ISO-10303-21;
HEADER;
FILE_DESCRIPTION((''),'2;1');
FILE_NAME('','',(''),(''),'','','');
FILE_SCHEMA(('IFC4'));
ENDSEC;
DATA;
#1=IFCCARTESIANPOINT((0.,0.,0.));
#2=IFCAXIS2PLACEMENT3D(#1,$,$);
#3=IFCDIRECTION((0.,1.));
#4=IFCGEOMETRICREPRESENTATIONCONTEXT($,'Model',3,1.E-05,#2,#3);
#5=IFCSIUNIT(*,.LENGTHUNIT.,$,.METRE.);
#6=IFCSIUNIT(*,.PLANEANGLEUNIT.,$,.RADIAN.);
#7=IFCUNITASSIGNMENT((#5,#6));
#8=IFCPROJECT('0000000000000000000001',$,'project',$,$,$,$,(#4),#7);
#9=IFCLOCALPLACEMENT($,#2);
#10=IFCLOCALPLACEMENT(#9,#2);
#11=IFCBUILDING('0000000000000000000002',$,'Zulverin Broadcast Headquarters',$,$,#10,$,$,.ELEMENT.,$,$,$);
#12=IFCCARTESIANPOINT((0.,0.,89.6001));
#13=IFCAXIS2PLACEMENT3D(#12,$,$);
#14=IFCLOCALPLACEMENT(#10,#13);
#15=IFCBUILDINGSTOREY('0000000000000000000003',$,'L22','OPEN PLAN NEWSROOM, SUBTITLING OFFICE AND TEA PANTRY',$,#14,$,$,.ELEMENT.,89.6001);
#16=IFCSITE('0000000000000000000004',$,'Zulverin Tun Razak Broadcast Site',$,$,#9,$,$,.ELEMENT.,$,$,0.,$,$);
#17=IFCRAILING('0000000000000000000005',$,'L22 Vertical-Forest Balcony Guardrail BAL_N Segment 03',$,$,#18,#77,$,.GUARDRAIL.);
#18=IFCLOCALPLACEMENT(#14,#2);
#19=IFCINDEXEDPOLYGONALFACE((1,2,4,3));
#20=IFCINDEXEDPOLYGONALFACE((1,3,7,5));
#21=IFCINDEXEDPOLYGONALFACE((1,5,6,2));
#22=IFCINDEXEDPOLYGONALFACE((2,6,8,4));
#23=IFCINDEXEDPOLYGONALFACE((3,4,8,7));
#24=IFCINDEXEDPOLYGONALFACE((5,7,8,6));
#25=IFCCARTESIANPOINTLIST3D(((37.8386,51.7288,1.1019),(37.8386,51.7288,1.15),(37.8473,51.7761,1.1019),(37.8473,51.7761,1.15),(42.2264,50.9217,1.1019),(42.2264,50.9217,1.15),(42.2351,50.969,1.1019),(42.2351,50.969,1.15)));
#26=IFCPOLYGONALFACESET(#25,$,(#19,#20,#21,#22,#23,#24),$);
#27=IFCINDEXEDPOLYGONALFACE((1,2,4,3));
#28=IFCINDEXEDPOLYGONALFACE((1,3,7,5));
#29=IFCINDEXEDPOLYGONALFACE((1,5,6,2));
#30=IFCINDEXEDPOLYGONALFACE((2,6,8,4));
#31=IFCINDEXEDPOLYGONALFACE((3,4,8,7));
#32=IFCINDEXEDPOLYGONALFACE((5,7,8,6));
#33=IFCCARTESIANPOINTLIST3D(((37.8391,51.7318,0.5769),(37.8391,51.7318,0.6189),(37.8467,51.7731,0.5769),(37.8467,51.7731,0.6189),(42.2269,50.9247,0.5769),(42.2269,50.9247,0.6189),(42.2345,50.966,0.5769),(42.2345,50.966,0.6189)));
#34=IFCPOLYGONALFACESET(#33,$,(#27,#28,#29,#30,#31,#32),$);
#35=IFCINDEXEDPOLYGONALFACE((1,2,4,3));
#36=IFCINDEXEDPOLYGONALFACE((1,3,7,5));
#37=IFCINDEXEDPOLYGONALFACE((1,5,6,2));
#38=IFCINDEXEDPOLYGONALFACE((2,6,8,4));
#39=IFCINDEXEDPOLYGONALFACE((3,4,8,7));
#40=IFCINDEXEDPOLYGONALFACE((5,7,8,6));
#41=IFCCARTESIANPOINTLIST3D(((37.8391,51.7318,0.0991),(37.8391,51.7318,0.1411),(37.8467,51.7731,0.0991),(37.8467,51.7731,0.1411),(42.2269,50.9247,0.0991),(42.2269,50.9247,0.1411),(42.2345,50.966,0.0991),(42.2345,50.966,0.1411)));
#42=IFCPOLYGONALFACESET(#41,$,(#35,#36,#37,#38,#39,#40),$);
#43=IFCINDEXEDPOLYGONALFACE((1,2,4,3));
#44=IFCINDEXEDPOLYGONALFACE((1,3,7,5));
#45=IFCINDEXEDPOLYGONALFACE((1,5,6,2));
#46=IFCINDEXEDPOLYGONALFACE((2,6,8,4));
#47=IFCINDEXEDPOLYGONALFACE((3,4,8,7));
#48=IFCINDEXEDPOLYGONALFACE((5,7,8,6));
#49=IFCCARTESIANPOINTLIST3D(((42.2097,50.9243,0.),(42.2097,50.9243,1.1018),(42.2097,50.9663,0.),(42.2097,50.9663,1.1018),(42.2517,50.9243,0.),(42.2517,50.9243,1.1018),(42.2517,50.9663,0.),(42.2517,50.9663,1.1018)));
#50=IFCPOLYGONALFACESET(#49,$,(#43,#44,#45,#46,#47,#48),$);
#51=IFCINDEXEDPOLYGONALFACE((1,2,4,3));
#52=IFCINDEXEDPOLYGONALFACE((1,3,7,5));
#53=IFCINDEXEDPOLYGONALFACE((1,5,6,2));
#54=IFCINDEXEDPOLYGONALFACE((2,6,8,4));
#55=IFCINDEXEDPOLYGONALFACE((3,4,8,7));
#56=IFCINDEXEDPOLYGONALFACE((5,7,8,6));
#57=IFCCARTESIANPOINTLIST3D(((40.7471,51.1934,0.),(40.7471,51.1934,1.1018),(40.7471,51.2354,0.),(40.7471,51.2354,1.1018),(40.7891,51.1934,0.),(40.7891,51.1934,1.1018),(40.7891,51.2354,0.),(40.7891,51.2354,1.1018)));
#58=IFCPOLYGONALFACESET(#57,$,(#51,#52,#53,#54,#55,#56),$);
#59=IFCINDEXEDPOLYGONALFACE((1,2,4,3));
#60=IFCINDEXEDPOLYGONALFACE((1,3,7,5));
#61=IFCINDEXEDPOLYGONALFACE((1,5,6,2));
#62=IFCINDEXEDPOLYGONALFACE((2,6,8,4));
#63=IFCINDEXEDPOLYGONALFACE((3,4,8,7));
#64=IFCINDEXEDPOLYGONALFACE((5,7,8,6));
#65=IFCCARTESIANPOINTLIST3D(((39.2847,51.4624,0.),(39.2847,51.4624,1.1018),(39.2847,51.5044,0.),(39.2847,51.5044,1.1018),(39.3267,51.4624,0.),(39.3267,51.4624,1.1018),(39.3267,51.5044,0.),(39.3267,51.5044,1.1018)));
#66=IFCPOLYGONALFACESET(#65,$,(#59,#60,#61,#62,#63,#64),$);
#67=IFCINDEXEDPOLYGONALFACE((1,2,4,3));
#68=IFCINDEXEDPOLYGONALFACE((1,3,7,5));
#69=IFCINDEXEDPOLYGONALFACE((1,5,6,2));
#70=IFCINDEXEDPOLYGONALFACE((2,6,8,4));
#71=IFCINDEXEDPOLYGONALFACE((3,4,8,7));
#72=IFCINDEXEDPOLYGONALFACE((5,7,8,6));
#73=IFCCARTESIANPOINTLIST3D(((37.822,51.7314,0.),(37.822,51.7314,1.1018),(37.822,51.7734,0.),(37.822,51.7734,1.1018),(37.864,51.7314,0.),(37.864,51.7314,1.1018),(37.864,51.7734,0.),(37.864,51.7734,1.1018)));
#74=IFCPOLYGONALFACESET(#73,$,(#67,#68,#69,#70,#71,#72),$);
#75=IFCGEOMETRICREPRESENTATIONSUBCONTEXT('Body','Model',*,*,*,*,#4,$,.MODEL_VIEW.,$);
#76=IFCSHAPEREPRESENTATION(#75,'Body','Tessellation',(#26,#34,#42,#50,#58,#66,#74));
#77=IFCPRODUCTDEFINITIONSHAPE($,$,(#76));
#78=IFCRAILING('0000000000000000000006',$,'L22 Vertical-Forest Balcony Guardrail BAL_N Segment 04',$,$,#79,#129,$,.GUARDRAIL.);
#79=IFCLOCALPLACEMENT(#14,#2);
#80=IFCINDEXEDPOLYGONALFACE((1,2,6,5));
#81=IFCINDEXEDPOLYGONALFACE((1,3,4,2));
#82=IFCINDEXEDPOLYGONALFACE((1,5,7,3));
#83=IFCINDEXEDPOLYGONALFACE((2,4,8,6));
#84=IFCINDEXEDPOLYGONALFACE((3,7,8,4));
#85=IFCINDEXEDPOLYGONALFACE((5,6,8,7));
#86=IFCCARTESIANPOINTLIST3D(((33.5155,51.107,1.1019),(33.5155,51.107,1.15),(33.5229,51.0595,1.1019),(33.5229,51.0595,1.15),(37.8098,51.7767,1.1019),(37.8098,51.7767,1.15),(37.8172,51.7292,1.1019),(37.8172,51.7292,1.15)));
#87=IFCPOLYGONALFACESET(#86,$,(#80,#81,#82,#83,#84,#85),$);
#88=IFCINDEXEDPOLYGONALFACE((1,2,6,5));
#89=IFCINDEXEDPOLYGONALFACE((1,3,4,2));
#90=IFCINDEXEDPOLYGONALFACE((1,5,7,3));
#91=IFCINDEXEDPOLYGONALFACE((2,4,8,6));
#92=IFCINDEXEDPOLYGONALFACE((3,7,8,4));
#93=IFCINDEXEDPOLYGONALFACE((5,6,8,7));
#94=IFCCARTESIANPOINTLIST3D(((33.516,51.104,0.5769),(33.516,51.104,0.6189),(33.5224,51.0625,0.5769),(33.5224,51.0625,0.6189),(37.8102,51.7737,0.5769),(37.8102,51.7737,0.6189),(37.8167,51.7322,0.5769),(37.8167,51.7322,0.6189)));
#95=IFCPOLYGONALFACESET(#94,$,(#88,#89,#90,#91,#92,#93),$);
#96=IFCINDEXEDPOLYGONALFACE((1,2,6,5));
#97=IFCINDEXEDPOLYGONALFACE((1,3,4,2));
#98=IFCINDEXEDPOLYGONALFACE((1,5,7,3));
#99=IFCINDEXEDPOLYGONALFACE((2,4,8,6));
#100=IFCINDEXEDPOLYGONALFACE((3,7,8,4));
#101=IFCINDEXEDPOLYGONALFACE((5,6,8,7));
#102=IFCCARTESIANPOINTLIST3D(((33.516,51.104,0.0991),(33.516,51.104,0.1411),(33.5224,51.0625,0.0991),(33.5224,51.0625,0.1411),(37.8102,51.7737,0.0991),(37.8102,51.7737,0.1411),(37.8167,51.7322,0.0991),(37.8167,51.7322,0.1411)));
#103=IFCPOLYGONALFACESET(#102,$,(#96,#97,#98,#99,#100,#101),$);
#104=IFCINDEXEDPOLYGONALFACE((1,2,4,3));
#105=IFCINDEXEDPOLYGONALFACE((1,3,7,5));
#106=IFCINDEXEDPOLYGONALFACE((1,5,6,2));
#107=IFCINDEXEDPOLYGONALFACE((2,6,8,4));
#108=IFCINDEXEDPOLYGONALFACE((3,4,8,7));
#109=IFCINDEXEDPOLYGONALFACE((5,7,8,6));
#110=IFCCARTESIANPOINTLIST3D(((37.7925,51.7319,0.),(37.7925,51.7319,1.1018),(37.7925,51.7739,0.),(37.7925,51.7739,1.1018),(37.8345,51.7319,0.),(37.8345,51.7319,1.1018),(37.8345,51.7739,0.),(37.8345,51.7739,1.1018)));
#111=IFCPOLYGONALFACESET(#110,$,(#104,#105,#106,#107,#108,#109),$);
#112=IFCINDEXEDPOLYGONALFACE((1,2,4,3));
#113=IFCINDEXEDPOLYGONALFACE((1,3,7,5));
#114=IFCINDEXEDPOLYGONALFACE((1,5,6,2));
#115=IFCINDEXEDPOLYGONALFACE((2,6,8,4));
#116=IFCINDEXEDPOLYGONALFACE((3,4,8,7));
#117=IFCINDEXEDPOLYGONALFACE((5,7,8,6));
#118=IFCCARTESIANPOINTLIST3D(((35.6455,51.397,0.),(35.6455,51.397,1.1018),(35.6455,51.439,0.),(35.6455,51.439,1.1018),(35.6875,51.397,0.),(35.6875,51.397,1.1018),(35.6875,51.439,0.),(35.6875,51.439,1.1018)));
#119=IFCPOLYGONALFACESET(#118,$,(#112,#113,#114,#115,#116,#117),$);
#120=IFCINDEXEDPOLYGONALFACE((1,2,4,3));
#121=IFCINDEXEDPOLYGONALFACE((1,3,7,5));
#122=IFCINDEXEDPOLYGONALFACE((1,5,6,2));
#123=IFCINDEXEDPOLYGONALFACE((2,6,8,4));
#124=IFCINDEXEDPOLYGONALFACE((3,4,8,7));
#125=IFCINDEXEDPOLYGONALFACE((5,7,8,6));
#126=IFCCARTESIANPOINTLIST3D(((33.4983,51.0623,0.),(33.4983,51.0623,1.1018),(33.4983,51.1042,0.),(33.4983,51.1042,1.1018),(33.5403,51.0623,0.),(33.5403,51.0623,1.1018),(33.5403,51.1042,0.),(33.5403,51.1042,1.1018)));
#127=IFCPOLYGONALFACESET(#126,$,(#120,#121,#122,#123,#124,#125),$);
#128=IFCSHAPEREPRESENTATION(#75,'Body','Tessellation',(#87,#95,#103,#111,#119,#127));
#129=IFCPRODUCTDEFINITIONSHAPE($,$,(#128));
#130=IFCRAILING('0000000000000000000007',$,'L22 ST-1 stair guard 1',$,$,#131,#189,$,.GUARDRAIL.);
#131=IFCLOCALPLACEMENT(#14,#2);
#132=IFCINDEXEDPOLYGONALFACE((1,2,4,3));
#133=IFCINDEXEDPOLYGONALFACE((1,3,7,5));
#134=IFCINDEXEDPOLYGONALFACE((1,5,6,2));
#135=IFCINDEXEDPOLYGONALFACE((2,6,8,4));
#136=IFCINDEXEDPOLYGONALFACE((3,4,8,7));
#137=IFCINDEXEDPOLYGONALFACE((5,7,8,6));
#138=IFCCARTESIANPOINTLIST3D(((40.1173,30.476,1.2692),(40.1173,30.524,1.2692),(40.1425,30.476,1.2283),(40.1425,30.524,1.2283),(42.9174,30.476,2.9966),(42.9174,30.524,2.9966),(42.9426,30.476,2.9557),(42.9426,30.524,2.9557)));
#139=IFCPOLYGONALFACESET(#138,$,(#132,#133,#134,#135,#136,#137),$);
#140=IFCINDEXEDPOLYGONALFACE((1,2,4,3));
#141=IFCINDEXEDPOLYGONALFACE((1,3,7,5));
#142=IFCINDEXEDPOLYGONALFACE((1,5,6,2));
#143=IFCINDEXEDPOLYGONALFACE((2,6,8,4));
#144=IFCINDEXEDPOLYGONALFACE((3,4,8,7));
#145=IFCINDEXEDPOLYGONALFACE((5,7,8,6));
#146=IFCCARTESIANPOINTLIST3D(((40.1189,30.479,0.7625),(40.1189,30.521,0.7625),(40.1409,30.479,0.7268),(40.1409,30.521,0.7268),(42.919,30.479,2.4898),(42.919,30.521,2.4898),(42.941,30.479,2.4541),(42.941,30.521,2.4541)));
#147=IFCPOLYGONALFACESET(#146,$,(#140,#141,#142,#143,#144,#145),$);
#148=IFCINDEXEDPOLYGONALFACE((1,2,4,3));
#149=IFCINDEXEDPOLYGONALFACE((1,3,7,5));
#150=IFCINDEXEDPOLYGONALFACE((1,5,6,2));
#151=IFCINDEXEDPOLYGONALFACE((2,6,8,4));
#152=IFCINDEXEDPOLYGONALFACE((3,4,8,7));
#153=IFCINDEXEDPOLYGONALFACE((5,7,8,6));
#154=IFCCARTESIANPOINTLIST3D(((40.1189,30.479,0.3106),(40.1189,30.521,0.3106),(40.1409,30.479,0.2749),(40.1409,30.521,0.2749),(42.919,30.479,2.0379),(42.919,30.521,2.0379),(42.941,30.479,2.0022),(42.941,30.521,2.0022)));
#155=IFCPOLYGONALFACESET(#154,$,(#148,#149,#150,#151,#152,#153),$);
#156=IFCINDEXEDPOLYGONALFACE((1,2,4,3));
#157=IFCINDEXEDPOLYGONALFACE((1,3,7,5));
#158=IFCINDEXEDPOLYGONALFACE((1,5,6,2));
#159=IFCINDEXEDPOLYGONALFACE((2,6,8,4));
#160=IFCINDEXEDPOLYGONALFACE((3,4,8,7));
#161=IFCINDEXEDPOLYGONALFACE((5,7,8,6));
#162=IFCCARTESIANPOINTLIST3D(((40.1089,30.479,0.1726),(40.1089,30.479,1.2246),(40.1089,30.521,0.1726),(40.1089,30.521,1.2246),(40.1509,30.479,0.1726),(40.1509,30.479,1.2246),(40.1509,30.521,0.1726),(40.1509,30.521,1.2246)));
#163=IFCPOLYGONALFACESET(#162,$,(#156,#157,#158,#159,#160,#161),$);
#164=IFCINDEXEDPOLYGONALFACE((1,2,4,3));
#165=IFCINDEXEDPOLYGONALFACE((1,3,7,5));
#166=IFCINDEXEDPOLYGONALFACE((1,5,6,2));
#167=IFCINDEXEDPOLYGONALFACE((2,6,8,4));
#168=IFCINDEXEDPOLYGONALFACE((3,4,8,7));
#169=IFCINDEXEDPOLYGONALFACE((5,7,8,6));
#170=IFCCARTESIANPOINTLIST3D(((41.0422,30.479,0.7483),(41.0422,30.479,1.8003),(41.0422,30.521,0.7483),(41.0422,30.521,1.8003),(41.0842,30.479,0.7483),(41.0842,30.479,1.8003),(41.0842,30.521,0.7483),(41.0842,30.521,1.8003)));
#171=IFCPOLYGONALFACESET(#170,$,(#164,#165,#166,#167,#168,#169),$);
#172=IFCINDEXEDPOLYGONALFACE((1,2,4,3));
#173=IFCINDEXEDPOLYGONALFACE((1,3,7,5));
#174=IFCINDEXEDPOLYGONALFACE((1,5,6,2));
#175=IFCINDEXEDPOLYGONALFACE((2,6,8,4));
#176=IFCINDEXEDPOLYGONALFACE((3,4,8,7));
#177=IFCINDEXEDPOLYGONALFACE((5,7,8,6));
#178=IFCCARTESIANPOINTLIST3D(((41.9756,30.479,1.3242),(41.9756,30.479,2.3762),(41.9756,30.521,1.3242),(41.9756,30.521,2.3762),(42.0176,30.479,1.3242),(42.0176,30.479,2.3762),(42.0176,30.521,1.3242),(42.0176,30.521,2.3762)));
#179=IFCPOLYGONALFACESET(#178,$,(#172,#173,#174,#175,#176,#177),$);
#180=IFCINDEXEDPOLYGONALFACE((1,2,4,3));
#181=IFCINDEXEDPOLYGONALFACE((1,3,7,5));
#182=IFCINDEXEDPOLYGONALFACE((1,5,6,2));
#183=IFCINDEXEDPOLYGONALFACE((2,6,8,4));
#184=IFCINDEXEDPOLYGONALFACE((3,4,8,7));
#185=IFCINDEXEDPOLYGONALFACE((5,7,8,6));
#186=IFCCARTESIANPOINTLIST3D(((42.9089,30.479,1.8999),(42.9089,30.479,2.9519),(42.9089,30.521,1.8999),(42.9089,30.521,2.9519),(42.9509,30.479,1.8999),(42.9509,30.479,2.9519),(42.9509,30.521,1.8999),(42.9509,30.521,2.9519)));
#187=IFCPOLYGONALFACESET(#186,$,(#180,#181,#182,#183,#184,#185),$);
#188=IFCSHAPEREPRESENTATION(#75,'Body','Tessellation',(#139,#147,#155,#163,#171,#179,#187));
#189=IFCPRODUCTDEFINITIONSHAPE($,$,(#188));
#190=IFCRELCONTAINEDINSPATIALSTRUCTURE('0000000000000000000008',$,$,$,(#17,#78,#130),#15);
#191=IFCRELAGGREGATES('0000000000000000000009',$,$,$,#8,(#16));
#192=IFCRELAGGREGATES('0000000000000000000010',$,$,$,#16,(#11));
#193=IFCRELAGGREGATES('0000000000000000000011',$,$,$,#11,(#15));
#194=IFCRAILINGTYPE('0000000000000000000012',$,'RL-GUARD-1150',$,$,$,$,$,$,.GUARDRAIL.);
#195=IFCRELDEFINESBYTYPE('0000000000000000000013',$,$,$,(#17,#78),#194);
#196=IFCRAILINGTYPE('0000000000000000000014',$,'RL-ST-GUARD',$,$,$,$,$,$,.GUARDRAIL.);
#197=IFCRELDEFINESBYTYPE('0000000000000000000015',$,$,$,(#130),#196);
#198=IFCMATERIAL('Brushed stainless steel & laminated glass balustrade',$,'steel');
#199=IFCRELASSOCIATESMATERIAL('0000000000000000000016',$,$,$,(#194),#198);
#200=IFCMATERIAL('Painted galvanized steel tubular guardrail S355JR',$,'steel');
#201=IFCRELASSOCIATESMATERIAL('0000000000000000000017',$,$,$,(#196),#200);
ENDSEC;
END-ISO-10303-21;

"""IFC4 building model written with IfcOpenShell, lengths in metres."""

from ifc_helpers import new_model, si_unit, direction, frame, origin, origin_2d, place, context, subcontext, project, spatial, rectangle, extrude, material, type_object, element, save


model = new_model("IFC4")

# Units and contexts
model_context = context("Model", 3, precision=1e-05, world=origin(), true_north=direction((0.0, 1.0)))
body_context = subcontext(model_context, "Body", "Model", "MODEL_VIEW")
ifc_project = project(units=[si_unit("LENGTHUNIT", "METRE"), si_unit("PLANEANGLEUNIT", "RADIAN")], contexts=[model_context])

# Site, building, storey
site_placement = place(None, origin())
site = spatial("IfcSite", under=ifc_project, at=site_placement, Name="Zulverin Tun Razak Broadcast Site", CompositionType="ELEMENT", RefElevation=0.0)
building_placement = place(site_placement, origin())
building = spatial("IfcBuilding", under=site, at=building_placement, Name="Zulverin Broadcast Headquarters", CompositionType="ELEMENT")
storey_placement = place(building_placement, frame((0.0, 0.0, 89.6001)))
storey = spatial("IfcBuildingStorey", under=building, at=storey_placement, Name="L22", Description="OPEN PLAN NEWSROOM, SUBTITLING OFFICE AND TEA PANTRY", CompositionType="ELEMENT", Elevation=89.6001)

# Railings
ifc_material_1 = material(Name="Brushed stainless steel & laminated glass balustrade", Category="steel")
railing_type_1 = type_object("IfcRailingType", Name="RL-GUARD-1150", PredefinedType="GUARDRAIL", material=ifc_material_1)
railing_1_placement = place(storey_placement, frame((42.2307, 50.9453, 0.0)))
element("IfcRailing", 1, at=railing_1_placement, inside=storey, type_object=railing_type_1, Name="L22 Vertical-Forest Balcony Guardrail BAL_N Segment 03", PredefinedType="GUARDRAIL", context=body_context, shape_type="SweptSolid", body=[
    extrude(rectangle(XDim=0.0481, YDim=0.0481, at=origin_2d()), frame((0.0, 0.0, 1.126), z_axis=(-0.983498, 0.180917, 0.0), x_axis=(-0.180917, -0.983498, 0.0)), (0.0, 0.0, 1.0), 4.4614),
    extrude(rectangle(XDim=0.042, YDim=0.042, at=origin_2d()), frame((0.0, 0.0, 0.5979), z_axis=(-0.983498, 0.180917, 0.0), x_axis=(-0.180917, -0.983498, 0.0)), (0.0, 0.0, 1.0), 4.4614),
    extrude(rectangle(XDim=0.042, YDim=0.042, at=origin_2d()), frame((0.0, 0.0, 0.1201), z_axis=(-0.983498, 0.180917, 0.0), x_axis=(-0.180917, -0.983498, 0.0)), (0.0, 0.0, 1.0), 4.4614),
    extrude(rectangle(XDim=0.042, YDim=0.042, at=origin_2d()), origin(), (0.0, 0.0, 1.0), 1.1018),
    extrude(rectangle(XDim=0.042, YDim=0.042, at=origin_2d()), frame((-1.4626, 0.269, 0.0)), (0.0, 0.0, 1.0), 1.1018),
    extrude(rectangle(XDim=0.042, YDim=0.042, at=origin_2d()), frame((-2.925, 0.5381, 0.0)), (0.0, 0.0, 1.0), 1.1018),
    extrude(rectangle(XDim=0.042, YDim=0.042, at=origin_2d()), frame((-4.3877, 0.8071, 0.0)), (0.0, 0.0, 1.0), 1.1018),
])
railing_2_placement = place(storey_placement, frame((37.8135, 51.7529, 0.0)))
element("IfcRailing", 2, at=railing_2_placement, inside=storey, type_object=railing_type_1, Name="L22 Vertical-Forest Balcony Guardrail BAL_N Segment 04", PredefinedType="GUARDRAIL", context=body_context, shape_type="SweptSolid", body=[
    extrude(rectangle(XDim=0.0481, YDim=0.0481, at=origin_2d()), frame((0.0, 0.0, 1.126), z_axis=(-0.988057, -0.154087, 0.0), x_axis=(0.154087, -0.988057, 0.0)), (0.0, 0.0, 1.0), 4.3462),
    extrude(rectangle(XDim=0.042, YDim=0.042, at=origin_2d()), frame((0.0, 0.0, 0.5979), z_axis=(-0.988057, -0.154087, 0.0), x_axis=(0.154087, -0.988057, 0.0)), (0.0, 0.0, 1.0), 4.3462),
    extrude(rectangle(XDim=0.042, YDim=0.042, at=origin_2d()), frame((0.0, 0.0, 0.1201), z_axis=(-0.988057, -0.154087, 0.0), x_axis=(0.154087, -0.988057, 0.0)), (0.0, 0.0, 1.0), 4.3462),
    extrude(rectangle(XDim=0.042, YDim=0.042, at=origin_2d()), origin(), (0.0, 0.0, 1.0), 1.1018),
    extrude(rectangle(XDim=0.042, YDim=0.042, at=origin_2d()), frame((-2.147, -0.335, 0.0)), (0.0, 0.0, 1.0), 1.1018),
    extrude(rectangle(XDim=0.042, YDim=0.042, at=origin_2d()), frame((-4.2942, -0.6697, 0.0)), (0.0, 0.0, 1.0), 1.1018),
])
ifc_material_2 = material(Name="Painted galvanized steel tubular guardrail S355JR", Category="steel")
railing_type_2 = type_object("IfcRailingType", Name="RL-ST-GUARD", PredefinedType="GUARDRAIL", material=ifc_material_2)
railing_3_placement = place(storey_placement, frame((40.1299, 30.5, 0.1726)))
element("IfcRailing", 3, at=railing_3_placement, inside=storey, type_object=railing_type_2, Name="L22 ST-1 stair guard 1", PredefinedType="GUARDRAIL", context=body_context, shape_type="SweptSolid", body=[
    extrude(rectangle(XDim=0.0481, YDim=0.0481, at=origin_2d()), frame((0.0, 0.0, 1.0762), z_axis=(0.85109, 0.0, 0.52502), x_axis=(0.0, 1.0, 0.0)), (0.0, 0.0, 1.0), 3.29),
    extrude(rectangle(XDim=0.042, YDim=0.042, at=origin_2d()), frame((0.0, 0.0, 0.572), z_axis=(0.85109, 0.0, 0.52502), x_axis=(0.0, 1.0, 0.0)), (0.0, 0.0, 1.0), 3.29),
    extrude(rectangle(XDim=0.042, YDim=0.042, at=origin_2d()), frame((0.0, 0.0, 0.1201), z_axis=(0.85109, 0.0, 0.52502), x_axis=(0.0, 1.0, 0.0)), (0.0, 0.0, 1.0), 3.29),
    extrude(rectangle(XDim=0.042, YDim=0.042, at=origin_2d()), origin(), (0.0, 0.0, 1.0), 1.052),
    extrude(rectangle(XDim=0.042, YDim=0.042, at=origin_2d()), frame((0.9333, 0.0, 0.5757)), (0.0, 0.0, 1.0), 1.052),
    extrude(rectangle(XDim=0.042, YDim=0.042, at=origin_2d()), frame((1.8667, 0.0, 1.1516)), (0.0, 0.0, 1.0), 1.052),
    extrude(rectangle(XDim=0.042, YDim=0.042, at=origin_2d()), frame((2.8, 0.0, 1.7273)), (0.0, 0.0, 1.0), 1.052),
])

save(model, "model.ifc")
